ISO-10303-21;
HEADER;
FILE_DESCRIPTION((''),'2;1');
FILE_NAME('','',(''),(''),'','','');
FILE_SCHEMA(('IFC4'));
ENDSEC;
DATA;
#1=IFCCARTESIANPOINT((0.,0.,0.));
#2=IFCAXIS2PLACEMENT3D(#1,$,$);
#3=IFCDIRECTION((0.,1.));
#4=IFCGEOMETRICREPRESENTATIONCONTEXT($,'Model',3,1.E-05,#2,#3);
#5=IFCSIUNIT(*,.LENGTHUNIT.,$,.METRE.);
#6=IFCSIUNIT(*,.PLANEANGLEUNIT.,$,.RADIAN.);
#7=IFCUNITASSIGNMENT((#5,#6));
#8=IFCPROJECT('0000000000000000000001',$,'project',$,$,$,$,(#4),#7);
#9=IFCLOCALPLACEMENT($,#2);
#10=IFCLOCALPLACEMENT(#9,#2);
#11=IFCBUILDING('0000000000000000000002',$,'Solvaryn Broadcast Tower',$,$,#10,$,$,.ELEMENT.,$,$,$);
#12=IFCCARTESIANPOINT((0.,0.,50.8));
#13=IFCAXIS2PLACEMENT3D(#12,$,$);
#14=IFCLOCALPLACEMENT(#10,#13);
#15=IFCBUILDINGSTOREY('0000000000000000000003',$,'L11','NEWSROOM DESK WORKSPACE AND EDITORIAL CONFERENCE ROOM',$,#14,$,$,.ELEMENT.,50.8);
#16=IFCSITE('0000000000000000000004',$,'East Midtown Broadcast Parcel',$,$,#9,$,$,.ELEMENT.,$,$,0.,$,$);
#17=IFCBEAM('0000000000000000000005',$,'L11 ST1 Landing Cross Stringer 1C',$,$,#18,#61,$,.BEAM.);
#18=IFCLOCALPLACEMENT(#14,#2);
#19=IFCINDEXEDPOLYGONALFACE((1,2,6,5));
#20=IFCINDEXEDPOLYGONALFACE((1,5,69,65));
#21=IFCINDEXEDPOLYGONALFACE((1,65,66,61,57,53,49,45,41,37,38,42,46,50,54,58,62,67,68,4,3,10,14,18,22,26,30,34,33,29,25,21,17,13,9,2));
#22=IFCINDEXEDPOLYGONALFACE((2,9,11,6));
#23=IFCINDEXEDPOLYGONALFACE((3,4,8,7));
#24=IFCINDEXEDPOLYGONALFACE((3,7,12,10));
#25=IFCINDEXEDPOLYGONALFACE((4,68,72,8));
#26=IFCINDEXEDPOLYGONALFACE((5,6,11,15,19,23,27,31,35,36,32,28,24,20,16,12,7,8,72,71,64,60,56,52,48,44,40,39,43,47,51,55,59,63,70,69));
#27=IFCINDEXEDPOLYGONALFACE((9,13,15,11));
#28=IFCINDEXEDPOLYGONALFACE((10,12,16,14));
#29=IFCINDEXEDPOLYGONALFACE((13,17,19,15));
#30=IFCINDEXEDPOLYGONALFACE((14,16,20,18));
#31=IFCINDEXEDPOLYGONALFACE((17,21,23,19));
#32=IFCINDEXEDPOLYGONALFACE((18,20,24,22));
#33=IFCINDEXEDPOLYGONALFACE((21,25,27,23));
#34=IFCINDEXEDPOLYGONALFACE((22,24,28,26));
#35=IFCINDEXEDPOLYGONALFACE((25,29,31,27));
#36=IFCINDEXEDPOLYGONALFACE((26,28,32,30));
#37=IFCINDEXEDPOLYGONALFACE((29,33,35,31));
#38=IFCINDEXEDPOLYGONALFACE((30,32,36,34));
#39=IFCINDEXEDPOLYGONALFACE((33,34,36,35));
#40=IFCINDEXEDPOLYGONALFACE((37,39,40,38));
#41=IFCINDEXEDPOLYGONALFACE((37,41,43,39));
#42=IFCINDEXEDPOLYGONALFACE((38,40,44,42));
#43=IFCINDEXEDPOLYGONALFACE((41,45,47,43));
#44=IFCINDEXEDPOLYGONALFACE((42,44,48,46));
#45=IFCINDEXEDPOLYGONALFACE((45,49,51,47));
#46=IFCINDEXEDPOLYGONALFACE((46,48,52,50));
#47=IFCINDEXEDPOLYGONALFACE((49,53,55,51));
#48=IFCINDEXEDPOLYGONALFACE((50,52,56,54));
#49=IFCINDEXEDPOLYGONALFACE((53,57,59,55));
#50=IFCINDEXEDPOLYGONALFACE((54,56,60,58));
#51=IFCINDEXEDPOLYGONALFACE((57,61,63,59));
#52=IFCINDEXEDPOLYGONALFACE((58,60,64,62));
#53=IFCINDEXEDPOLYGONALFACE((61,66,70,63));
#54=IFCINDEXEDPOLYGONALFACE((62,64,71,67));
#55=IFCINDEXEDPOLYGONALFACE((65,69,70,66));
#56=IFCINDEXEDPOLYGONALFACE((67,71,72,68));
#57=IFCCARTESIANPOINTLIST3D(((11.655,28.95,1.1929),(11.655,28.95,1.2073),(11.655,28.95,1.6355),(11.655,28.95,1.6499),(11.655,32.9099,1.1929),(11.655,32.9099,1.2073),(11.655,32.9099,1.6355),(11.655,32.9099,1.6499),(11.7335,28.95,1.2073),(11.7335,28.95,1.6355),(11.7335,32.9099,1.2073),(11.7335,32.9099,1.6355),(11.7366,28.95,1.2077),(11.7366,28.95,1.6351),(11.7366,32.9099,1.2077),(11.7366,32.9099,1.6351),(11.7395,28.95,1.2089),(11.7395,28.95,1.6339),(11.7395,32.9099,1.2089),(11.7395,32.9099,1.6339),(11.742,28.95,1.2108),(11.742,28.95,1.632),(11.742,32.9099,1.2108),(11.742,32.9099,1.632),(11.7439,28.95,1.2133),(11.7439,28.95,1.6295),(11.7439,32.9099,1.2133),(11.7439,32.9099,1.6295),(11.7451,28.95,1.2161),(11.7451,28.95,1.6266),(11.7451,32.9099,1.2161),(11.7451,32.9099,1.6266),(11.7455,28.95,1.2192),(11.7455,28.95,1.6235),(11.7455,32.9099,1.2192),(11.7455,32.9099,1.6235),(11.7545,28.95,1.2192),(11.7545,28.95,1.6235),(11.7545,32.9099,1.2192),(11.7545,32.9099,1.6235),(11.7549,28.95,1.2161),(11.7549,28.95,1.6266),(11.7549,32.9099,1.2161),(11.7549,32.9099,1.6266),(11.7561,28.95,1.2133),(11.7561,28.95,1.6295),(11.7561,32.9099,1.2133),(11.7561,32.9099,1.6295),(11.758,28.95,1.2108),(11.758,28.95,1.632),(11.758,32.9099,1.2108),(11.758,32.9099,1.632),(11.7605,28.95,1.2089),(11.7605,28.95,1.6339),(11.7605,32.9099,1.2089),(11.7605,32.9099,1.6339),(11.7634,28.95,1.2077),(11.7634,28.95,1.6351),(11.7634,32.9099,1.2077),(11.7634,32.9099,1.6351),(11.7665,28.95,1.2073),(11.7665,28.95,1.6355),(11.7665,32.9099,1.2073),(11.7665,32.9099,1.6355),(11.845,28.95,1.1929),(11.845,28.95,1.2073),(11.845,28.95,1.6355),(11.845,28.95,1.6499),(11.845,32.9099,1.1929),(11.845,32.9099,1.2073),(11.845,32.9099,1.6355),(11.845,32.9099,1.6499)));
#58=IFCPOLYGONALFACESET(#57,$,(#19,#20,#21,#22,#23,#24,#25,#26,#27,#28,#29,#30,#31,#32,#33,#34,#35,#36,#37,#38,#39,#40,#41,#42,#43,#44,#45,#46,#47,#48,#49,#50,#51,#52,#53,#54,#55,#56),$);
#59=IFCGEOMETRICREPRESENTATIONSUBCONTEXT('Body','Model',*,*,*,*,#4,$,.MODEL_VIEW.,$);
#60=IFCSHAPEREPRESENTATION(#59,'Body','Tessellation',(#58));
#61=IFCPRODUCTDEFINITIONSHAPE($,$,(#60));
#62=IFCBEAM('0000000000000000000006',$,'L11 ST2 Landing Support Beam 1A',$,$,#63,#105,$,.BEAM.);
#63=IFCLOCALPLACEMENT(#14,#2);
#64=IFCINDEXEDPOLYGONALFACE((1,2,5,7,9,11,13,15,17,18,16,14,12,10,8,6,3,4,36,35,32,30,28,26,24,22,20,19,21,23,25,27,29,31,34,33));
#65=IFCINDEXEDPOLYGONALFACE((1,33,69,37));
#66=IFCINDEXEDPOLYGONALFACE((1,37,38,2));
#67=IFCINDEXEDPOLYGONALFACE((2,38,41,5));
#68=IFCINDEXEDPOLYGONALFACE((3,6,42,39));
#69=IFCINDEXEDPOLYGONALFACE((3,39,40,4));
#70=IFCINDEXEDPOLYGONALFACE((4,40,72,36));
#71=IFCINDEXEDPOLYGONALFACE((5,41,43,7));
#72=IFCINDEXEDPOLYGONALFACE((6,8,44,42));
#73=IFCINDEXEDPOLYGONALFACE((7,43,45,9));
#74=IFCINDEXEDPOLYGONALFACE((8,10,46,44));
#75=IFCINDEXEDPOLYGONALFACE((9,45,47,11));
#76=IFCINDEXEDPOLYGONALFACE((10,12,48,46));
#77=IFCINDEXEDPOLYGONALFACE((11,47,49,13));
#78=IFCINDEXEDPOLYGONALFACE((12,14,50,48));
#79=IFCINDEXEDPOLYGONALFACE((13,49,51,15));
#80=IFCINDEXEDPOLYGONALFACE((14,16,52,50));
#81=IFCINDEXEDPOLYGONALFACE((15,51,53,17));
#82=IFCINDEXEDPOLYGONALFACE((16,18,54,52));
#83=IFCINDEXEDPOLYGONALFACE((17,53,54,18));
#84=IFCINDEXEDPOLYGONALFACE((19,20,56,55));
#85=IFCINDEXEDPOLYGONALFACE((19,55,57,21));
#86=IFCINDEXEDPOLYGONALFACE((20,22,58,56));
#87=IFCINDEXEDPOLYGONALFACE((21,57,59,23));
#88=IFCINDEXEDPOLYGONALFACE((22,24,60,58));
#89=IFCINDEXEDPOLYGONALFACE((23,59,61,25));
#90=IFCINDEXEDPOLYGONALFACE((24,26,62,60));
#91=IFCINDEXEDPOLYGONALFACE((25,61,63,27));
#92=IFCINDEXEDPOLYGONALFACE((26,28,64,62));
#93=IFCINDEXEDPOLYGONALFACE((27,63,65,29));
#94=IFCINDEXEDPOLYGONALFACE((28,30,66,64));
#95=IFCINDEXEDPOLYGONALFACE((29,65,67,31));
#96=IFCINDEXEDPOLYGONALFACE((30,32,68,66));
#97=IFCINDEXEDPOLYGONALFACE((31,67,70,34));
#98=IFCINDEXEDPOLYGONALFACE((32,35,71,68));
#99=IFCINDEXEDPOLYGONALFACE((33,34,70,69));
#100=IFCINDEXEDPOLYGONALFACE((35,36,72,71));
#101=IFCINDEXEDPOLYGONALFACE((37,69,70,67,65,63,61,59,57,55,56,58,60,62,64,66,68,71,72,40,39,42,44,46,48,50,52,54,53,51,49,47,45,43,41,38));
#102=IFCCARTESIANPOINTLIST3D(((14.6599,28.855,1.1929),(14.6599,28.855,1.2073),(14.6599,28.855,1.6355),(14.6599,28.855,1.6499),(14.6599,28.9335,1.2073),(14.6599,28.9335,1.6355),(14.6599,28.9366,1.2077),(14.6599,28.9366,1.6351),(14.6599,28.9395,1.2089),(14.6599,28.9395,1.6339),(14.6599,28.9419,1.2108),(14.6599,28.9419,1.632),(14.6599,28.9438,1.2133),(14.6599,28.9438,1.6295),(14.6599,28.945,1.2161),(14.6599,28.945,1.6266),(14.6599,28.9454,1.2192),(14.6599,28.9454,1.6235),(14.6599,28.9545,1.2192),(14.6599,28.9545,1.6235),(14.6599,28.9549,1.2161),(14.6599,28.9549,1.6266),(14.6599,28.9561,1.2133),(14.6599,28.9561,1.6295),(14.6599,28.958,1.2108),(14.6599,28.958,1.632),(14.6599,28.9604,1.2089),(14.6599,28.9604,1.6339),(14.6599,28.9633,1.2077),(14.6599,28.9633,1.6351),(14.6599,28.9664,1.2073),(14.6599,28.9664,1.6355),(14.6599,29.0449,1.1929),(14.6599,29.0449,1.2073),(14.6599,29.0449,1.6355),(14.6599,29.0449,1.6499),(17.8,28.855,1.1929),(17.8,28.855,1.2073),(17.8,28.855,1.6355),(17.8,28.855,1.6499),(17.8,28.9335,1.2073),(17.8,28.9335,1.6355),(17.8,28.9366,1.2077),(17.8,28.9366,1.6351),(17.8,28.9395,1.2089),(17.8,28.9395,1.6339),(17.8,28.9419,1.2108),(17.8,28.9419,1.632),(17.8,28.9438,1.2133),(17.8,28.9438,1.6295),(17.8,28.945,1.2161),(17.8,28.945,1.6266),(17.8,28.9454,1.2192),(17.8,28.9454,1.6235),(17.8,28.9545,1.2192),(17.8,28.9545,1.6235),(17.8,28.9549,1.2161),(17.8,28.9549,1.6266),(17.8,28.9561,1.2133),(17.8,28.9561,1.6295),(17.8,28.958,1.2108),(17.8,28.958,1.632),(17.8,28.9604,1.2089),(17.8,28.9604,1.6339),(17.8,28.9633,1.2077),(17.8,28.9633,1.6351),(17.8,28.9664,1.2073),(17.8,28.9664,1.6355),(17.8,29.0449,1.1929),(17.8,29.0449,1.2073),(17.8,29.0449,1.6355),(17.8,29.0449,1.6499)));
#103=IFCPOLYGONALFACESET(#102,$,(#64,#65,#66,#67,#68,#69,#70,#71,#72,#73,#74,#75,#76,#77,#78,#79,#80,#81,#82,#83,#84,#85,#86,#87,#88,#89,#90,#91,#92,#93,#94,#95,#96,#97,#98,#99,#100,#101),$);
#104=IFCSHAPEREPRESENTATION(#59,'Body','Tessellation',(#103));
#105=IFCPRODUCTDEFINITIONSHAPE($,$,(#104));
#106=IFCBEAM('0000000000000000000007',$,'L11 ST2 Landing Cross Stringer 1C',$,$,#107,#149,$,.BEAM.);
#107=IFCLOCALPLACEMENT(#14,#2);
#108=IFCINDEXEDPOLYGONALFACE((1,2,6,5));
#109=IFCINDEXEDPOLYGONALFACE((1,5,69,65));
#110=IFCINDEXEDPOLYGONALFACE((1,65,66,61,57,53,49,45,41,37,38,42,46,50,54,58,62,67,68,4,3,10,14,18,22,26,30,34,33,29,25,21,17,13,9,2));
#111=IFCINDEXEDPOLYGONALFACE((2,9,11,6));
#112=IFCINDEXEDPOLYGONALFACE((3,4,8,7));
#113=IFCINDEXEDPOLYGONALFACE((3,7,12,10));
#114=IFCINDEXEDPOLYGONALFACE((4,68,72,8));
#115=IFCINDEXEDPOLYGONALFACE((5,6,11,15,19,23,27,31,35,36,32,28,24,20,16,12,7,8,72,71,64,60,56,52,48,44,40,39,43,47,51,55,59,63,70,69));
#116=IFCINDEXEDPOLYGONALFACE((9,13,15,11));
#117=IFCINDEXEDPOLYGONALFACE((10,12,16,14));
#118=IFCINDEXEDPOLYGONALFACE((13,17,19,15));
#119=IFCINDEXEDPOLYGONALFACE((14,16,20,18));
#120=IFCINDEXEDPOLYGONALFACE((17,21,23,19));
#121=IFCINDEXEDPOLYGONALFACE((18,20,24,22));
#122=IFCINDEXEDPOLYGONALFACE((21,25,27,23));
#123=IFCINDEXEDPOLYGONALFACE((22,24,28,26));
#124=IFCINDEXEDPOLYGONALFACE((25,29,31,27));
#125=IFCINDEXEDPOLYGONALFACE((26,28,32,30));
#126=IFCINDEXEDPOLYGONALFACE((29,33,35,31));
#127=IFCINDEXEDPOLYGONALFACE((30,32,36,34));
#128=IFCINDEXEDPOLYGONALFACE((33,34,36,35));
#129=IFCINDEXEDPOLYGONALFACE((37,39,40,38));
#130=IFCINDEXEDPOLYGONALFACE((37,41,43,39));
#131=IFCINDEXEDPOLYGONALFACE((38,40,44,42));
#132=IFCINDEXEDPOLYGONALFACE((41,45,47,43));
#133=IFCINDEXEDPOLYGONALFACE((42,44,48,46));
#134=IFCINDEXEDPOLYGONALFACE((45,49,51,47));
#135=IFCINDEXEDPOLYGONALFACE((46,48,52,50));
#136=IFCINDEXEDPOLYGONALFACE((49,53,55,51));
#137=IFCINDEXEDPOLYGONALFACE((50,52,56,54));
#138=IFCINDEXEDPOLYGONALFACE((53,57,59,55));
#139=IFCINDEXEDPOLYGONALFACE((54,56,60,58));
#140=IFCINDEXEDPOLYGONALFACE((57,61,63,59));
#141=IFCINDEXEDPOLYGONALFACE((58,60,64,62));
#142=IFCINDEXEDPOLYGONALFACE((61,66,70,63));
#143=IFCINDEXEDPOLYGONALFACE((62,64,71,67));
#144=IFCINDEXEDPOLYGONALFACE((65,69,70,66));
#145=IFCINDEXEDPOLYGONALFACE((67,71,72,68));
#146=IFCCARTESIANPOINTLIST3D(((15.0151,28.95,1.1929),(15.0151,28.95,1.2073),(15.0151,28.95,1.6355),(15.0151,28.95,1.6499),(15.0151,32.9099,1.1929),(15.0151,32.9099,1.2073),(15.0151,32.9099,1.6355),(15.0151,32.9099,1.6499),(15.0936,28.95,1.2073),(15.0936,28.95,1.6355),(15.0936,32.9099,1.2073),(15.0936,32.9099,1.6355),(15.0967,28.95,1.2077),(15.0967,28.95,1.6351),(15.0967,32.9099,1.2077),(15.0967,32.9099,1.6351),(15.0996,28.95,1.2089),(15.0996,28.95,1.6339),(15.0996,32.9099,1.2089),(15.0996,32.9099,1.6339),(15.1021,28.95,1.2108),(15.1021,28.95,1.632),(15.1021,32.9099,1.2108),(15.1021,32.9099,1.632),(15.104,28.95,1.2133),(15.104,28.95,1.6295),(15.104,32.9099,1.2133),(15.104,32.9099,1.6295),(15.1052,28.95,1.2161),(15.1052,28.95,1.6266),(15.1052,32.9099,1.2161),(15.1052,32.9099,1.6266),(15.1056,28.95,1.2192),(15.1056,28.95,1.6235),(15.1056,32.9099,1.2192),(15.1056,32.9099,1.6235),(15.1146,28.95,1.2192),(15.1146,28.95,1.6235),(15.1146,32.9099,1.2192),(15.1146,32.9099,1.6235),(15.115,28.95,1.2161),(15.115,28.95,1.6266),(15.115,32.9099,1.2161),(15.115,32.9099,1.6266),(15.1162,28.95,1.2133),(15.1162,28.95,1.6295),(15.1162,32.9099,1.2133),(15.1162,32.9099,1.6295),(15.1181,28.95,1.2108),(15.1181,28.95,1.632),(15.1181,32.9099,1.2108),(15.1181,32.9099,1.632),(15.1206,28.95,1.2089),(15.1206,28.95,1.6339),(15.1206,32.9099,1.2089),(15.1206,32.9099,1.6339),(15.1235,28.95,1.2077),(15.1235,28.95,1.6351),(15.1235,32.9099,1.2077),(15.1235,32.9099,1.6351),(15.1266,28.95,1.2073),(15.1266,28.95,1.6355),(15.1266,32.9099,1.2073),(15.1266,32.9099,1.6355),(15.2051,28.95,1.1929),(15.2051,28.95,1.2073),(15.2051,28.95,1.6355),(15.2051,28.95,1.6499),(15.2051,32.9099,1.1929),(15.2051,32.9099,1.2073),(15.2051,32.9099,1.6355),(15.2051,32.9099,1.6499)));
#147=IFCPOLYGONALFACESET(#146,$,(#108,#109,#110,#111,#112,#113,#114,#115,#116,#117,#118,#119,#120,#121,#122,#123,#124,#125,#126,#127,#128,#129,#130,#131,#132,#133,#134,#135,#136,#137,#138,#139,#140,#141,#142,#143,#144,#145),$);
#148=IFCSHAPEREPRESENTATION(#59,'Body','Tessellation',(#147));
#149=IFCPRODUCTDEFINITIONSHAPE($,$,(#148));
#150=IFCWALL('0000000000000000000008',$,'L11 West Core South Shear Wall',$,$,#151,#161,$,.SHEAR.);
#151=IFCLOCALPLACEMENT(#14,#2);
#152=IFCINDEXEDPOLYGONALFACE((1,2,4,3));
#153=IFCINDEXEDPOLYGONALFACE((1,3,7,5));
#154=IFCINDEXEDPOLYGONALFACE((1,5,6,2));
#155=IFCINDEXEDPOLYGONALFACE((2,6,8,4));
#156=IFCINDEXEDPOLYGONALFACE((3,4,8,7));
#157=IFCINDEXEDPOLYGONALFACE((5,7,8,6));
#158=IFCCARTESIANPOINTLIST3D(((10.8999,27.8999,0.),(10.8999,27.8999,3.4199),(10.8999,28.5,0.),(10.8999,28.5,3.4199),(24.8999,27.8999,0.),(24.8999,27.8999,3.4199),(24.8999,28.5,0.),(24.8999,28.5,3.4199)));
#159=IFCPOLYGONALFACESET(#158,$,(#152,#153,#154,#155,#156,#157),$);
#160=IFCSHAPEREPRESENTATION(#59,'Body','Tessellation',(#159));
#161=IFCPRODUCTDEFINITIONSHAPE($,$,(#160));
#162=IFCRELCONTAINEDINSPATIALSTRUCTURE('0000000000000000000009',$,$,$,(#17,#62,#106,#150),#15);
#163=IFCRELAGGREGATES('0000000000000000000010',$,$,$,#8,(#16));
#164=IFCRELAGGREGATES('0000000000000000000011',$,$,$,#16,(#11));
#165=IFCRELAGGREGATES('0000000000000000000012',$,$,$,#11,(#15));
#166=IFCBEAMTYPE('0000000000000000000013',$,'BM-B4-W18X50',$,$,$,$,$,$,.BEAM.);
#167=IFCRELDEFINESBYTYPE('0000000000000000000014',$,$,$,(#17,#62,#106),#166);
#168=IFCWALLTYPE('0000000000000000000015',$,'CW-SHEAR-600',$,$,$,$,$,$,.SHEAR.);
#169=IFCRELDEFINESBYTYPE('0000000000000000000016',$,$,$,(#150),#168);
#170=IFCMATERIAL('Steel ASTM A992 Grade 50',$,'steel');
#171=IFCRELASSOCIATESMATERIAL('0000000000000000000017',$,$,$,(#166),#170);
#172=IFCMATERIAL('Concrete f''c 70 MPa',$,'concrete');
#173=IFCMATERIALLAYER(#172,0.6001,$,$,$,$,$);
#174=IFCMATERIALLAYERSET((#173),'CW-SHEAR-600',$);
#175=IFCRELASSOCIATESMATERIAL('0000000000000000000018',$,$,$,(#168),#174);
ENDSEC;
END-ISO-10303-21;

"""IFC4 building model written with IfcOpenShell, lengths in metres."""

from ifc_helpers import new_model, si_unit, direction, frame, frame_2d, origin, origin_2d, place, context, subcontext, project, spatial, rectangle, i_section, extrude, material, layer, layer_set, material_profile, profile_set, type_object, element, save


model = new_model("IFC4")

# Units and contexts
model_context = context("Model", 3, precision=1e-05, world=origin(), true_north=direction((0.0, 1.0)))
body_context = subcontext(model_context, "Body", "Model", "MODEL_VIEW")
ifc_project = project(units=[si_unit("LENGTHUNIT", "METRE"), si_unit("PLANEANGLEUNIT", "RADIAN")], contexts=[model_context])

# Site, building, storey
site_placement = place(None, origin())
site = spatial("IfcSite", under=ifc_project, at=site_placement, Name="East Midtown Broadcast Parcel", CompositionType="ELEMENT", RefElevation=0.0)
building_placement = place(site_placement, origin())
building = spatial("IfcBuilding", under=site, at=building_placement, Name="Solvaryn Broadcast Tower", CompositionType="ELEMENT")
storey_placement = place(building_placement, frame((0.0, 0.0, 50.8)))
storey = spatial("IfcBuildingStorey", under=building, at=storey_placement, Name="L11", Description="NEWSROOM DESK WORKSPACE AND EDITORIAL CONFERENCE ROOM", CompositionType="ELEMENT", Elevation=50.8)

# Beams
ifc_material_1 = material(Name="Steel ASTM A992 Grade 50", Category="steel")
ifc_material_profile_1 = material_profile(ifc_material_1, i_section(OverallWidth=0.1899, OverallDepth=0.457, WebThickness=0.009, FlangeThickness=0.0144, FilletRadius=0.012, at=origin_2d()))
ifc_profile_set_1 = profile_set([ifc_material_profile_1], Name="Steel ASTM A992 Grade 50")
beam_type_1 = type_object("IfcBeamType", Name="BM-B4-W18X50", PredefinedType="BEAM", material=ifc_profile_set_1)
beam_1_placement = place(storey_placement, frame((11.75, 28.95, 1.4214), z_axis=(0.0, 1.0, 0.0), x_axis=(-1.0, 0.0, 0.0)))
element("IfcBeam", 1, at=beam_1_placement, inside=storey, type_object=beam_type_1, Name="L11 ST1 Landing Cross Stringer 1C", PredefinedType="BEAM", context=body_context, shape_type="SweptSolid", body=[
    extrude(i_section(OverallWidth=0.1899, OverallDepth=0.457, WebThickness=0.009, FlangeThickness=0.0144, FilletRadius=0.012, at=origin_2d()), origin(), (0.0, 0.0, 1.0), 3.96),
])
beam_2_placement = place(storey_placement, frame((14.6599, 28.95, 1.4214), z_axis=(1.0, 0.0, 0.0), x_axis=(0.0, 1.0, 0.0)))
element("IfcBeam", 2, at=beam_2_placement, inside=storey, type_object=beam_type_1, Name="L11 ST2 Landing Support Beam 1A", PredefinedType="BEAM", context=body_context, shape_type="SweptSolid", body=[
    extrude(i_section(OverallWidth=0.1899, OverallDepth=0.457, WebThickness=0.009, FlangeThickness=0.0144, FilletRadius=0.012, at=origin_2d()), origin(), (0.0, 0.0, 1.0), 3.1401),
])
beam_3_placement = place(storey_placement, frame((15.1101, 28.95, 1.4214), z_axis=(0.0, 1.0, 0.0), x_axis=(-1.0, 0.0, 0.0)))
element("IfcBeam", 3, at=beam_3_placement, inside=storey, type_object=beam_type_1, Name="L11 ST2 Landing Cross Stringer 1C", PredefinedType="BEAM", context=body_context, shape_type="SweptSolid", body=[
    extrude(i_section(OverallWidth=0.1899, OverallDepth=0.457, WebThickness=0.009, FlangeThickness=0.0144, FilletRadius=0.012, at=origin_2d()), origin(), (0.0, 0.0, 1.0), 3.96),
])

# Wall
ifc_material_2 = material(Name="Concrete f'c 70 MPa", Category="concrete")
ifc_layer_1 = layer(ifc_material_2, 0.6001)
ifc_layer_set_1 = layer_set([ifc_layer_1], Name="CW-SHEAR-600")
wall_type_1 = type_object("IfcWallType", Name="CW-SHEAR-600", PredefinedType="SHEAR", material=ifc_layer_set_1)
wall_1_placement = place(storey_placement, frame((10.8999, 28.2, 0.0), z_axis=(0.0, 0.0, 1.0), x_axis=(1.0, 0.0, 0.0)))
element("IfcWall", 4, at=wall_1_placement, inside=storey, type_object=wall_type_1, Name="L11 West Core South Shear Wall", PredefinedType="SHEAR", context=body_context, shape_type="SweptSolid", body=[
    extrude(rectangle(XDim=14.0, YDim=0.6001, at=frame_2d((7.0, 0.0))), origin(), (0.0, 0.0, 1.0), 3.4199),
])

save(model, "model.ifc")
